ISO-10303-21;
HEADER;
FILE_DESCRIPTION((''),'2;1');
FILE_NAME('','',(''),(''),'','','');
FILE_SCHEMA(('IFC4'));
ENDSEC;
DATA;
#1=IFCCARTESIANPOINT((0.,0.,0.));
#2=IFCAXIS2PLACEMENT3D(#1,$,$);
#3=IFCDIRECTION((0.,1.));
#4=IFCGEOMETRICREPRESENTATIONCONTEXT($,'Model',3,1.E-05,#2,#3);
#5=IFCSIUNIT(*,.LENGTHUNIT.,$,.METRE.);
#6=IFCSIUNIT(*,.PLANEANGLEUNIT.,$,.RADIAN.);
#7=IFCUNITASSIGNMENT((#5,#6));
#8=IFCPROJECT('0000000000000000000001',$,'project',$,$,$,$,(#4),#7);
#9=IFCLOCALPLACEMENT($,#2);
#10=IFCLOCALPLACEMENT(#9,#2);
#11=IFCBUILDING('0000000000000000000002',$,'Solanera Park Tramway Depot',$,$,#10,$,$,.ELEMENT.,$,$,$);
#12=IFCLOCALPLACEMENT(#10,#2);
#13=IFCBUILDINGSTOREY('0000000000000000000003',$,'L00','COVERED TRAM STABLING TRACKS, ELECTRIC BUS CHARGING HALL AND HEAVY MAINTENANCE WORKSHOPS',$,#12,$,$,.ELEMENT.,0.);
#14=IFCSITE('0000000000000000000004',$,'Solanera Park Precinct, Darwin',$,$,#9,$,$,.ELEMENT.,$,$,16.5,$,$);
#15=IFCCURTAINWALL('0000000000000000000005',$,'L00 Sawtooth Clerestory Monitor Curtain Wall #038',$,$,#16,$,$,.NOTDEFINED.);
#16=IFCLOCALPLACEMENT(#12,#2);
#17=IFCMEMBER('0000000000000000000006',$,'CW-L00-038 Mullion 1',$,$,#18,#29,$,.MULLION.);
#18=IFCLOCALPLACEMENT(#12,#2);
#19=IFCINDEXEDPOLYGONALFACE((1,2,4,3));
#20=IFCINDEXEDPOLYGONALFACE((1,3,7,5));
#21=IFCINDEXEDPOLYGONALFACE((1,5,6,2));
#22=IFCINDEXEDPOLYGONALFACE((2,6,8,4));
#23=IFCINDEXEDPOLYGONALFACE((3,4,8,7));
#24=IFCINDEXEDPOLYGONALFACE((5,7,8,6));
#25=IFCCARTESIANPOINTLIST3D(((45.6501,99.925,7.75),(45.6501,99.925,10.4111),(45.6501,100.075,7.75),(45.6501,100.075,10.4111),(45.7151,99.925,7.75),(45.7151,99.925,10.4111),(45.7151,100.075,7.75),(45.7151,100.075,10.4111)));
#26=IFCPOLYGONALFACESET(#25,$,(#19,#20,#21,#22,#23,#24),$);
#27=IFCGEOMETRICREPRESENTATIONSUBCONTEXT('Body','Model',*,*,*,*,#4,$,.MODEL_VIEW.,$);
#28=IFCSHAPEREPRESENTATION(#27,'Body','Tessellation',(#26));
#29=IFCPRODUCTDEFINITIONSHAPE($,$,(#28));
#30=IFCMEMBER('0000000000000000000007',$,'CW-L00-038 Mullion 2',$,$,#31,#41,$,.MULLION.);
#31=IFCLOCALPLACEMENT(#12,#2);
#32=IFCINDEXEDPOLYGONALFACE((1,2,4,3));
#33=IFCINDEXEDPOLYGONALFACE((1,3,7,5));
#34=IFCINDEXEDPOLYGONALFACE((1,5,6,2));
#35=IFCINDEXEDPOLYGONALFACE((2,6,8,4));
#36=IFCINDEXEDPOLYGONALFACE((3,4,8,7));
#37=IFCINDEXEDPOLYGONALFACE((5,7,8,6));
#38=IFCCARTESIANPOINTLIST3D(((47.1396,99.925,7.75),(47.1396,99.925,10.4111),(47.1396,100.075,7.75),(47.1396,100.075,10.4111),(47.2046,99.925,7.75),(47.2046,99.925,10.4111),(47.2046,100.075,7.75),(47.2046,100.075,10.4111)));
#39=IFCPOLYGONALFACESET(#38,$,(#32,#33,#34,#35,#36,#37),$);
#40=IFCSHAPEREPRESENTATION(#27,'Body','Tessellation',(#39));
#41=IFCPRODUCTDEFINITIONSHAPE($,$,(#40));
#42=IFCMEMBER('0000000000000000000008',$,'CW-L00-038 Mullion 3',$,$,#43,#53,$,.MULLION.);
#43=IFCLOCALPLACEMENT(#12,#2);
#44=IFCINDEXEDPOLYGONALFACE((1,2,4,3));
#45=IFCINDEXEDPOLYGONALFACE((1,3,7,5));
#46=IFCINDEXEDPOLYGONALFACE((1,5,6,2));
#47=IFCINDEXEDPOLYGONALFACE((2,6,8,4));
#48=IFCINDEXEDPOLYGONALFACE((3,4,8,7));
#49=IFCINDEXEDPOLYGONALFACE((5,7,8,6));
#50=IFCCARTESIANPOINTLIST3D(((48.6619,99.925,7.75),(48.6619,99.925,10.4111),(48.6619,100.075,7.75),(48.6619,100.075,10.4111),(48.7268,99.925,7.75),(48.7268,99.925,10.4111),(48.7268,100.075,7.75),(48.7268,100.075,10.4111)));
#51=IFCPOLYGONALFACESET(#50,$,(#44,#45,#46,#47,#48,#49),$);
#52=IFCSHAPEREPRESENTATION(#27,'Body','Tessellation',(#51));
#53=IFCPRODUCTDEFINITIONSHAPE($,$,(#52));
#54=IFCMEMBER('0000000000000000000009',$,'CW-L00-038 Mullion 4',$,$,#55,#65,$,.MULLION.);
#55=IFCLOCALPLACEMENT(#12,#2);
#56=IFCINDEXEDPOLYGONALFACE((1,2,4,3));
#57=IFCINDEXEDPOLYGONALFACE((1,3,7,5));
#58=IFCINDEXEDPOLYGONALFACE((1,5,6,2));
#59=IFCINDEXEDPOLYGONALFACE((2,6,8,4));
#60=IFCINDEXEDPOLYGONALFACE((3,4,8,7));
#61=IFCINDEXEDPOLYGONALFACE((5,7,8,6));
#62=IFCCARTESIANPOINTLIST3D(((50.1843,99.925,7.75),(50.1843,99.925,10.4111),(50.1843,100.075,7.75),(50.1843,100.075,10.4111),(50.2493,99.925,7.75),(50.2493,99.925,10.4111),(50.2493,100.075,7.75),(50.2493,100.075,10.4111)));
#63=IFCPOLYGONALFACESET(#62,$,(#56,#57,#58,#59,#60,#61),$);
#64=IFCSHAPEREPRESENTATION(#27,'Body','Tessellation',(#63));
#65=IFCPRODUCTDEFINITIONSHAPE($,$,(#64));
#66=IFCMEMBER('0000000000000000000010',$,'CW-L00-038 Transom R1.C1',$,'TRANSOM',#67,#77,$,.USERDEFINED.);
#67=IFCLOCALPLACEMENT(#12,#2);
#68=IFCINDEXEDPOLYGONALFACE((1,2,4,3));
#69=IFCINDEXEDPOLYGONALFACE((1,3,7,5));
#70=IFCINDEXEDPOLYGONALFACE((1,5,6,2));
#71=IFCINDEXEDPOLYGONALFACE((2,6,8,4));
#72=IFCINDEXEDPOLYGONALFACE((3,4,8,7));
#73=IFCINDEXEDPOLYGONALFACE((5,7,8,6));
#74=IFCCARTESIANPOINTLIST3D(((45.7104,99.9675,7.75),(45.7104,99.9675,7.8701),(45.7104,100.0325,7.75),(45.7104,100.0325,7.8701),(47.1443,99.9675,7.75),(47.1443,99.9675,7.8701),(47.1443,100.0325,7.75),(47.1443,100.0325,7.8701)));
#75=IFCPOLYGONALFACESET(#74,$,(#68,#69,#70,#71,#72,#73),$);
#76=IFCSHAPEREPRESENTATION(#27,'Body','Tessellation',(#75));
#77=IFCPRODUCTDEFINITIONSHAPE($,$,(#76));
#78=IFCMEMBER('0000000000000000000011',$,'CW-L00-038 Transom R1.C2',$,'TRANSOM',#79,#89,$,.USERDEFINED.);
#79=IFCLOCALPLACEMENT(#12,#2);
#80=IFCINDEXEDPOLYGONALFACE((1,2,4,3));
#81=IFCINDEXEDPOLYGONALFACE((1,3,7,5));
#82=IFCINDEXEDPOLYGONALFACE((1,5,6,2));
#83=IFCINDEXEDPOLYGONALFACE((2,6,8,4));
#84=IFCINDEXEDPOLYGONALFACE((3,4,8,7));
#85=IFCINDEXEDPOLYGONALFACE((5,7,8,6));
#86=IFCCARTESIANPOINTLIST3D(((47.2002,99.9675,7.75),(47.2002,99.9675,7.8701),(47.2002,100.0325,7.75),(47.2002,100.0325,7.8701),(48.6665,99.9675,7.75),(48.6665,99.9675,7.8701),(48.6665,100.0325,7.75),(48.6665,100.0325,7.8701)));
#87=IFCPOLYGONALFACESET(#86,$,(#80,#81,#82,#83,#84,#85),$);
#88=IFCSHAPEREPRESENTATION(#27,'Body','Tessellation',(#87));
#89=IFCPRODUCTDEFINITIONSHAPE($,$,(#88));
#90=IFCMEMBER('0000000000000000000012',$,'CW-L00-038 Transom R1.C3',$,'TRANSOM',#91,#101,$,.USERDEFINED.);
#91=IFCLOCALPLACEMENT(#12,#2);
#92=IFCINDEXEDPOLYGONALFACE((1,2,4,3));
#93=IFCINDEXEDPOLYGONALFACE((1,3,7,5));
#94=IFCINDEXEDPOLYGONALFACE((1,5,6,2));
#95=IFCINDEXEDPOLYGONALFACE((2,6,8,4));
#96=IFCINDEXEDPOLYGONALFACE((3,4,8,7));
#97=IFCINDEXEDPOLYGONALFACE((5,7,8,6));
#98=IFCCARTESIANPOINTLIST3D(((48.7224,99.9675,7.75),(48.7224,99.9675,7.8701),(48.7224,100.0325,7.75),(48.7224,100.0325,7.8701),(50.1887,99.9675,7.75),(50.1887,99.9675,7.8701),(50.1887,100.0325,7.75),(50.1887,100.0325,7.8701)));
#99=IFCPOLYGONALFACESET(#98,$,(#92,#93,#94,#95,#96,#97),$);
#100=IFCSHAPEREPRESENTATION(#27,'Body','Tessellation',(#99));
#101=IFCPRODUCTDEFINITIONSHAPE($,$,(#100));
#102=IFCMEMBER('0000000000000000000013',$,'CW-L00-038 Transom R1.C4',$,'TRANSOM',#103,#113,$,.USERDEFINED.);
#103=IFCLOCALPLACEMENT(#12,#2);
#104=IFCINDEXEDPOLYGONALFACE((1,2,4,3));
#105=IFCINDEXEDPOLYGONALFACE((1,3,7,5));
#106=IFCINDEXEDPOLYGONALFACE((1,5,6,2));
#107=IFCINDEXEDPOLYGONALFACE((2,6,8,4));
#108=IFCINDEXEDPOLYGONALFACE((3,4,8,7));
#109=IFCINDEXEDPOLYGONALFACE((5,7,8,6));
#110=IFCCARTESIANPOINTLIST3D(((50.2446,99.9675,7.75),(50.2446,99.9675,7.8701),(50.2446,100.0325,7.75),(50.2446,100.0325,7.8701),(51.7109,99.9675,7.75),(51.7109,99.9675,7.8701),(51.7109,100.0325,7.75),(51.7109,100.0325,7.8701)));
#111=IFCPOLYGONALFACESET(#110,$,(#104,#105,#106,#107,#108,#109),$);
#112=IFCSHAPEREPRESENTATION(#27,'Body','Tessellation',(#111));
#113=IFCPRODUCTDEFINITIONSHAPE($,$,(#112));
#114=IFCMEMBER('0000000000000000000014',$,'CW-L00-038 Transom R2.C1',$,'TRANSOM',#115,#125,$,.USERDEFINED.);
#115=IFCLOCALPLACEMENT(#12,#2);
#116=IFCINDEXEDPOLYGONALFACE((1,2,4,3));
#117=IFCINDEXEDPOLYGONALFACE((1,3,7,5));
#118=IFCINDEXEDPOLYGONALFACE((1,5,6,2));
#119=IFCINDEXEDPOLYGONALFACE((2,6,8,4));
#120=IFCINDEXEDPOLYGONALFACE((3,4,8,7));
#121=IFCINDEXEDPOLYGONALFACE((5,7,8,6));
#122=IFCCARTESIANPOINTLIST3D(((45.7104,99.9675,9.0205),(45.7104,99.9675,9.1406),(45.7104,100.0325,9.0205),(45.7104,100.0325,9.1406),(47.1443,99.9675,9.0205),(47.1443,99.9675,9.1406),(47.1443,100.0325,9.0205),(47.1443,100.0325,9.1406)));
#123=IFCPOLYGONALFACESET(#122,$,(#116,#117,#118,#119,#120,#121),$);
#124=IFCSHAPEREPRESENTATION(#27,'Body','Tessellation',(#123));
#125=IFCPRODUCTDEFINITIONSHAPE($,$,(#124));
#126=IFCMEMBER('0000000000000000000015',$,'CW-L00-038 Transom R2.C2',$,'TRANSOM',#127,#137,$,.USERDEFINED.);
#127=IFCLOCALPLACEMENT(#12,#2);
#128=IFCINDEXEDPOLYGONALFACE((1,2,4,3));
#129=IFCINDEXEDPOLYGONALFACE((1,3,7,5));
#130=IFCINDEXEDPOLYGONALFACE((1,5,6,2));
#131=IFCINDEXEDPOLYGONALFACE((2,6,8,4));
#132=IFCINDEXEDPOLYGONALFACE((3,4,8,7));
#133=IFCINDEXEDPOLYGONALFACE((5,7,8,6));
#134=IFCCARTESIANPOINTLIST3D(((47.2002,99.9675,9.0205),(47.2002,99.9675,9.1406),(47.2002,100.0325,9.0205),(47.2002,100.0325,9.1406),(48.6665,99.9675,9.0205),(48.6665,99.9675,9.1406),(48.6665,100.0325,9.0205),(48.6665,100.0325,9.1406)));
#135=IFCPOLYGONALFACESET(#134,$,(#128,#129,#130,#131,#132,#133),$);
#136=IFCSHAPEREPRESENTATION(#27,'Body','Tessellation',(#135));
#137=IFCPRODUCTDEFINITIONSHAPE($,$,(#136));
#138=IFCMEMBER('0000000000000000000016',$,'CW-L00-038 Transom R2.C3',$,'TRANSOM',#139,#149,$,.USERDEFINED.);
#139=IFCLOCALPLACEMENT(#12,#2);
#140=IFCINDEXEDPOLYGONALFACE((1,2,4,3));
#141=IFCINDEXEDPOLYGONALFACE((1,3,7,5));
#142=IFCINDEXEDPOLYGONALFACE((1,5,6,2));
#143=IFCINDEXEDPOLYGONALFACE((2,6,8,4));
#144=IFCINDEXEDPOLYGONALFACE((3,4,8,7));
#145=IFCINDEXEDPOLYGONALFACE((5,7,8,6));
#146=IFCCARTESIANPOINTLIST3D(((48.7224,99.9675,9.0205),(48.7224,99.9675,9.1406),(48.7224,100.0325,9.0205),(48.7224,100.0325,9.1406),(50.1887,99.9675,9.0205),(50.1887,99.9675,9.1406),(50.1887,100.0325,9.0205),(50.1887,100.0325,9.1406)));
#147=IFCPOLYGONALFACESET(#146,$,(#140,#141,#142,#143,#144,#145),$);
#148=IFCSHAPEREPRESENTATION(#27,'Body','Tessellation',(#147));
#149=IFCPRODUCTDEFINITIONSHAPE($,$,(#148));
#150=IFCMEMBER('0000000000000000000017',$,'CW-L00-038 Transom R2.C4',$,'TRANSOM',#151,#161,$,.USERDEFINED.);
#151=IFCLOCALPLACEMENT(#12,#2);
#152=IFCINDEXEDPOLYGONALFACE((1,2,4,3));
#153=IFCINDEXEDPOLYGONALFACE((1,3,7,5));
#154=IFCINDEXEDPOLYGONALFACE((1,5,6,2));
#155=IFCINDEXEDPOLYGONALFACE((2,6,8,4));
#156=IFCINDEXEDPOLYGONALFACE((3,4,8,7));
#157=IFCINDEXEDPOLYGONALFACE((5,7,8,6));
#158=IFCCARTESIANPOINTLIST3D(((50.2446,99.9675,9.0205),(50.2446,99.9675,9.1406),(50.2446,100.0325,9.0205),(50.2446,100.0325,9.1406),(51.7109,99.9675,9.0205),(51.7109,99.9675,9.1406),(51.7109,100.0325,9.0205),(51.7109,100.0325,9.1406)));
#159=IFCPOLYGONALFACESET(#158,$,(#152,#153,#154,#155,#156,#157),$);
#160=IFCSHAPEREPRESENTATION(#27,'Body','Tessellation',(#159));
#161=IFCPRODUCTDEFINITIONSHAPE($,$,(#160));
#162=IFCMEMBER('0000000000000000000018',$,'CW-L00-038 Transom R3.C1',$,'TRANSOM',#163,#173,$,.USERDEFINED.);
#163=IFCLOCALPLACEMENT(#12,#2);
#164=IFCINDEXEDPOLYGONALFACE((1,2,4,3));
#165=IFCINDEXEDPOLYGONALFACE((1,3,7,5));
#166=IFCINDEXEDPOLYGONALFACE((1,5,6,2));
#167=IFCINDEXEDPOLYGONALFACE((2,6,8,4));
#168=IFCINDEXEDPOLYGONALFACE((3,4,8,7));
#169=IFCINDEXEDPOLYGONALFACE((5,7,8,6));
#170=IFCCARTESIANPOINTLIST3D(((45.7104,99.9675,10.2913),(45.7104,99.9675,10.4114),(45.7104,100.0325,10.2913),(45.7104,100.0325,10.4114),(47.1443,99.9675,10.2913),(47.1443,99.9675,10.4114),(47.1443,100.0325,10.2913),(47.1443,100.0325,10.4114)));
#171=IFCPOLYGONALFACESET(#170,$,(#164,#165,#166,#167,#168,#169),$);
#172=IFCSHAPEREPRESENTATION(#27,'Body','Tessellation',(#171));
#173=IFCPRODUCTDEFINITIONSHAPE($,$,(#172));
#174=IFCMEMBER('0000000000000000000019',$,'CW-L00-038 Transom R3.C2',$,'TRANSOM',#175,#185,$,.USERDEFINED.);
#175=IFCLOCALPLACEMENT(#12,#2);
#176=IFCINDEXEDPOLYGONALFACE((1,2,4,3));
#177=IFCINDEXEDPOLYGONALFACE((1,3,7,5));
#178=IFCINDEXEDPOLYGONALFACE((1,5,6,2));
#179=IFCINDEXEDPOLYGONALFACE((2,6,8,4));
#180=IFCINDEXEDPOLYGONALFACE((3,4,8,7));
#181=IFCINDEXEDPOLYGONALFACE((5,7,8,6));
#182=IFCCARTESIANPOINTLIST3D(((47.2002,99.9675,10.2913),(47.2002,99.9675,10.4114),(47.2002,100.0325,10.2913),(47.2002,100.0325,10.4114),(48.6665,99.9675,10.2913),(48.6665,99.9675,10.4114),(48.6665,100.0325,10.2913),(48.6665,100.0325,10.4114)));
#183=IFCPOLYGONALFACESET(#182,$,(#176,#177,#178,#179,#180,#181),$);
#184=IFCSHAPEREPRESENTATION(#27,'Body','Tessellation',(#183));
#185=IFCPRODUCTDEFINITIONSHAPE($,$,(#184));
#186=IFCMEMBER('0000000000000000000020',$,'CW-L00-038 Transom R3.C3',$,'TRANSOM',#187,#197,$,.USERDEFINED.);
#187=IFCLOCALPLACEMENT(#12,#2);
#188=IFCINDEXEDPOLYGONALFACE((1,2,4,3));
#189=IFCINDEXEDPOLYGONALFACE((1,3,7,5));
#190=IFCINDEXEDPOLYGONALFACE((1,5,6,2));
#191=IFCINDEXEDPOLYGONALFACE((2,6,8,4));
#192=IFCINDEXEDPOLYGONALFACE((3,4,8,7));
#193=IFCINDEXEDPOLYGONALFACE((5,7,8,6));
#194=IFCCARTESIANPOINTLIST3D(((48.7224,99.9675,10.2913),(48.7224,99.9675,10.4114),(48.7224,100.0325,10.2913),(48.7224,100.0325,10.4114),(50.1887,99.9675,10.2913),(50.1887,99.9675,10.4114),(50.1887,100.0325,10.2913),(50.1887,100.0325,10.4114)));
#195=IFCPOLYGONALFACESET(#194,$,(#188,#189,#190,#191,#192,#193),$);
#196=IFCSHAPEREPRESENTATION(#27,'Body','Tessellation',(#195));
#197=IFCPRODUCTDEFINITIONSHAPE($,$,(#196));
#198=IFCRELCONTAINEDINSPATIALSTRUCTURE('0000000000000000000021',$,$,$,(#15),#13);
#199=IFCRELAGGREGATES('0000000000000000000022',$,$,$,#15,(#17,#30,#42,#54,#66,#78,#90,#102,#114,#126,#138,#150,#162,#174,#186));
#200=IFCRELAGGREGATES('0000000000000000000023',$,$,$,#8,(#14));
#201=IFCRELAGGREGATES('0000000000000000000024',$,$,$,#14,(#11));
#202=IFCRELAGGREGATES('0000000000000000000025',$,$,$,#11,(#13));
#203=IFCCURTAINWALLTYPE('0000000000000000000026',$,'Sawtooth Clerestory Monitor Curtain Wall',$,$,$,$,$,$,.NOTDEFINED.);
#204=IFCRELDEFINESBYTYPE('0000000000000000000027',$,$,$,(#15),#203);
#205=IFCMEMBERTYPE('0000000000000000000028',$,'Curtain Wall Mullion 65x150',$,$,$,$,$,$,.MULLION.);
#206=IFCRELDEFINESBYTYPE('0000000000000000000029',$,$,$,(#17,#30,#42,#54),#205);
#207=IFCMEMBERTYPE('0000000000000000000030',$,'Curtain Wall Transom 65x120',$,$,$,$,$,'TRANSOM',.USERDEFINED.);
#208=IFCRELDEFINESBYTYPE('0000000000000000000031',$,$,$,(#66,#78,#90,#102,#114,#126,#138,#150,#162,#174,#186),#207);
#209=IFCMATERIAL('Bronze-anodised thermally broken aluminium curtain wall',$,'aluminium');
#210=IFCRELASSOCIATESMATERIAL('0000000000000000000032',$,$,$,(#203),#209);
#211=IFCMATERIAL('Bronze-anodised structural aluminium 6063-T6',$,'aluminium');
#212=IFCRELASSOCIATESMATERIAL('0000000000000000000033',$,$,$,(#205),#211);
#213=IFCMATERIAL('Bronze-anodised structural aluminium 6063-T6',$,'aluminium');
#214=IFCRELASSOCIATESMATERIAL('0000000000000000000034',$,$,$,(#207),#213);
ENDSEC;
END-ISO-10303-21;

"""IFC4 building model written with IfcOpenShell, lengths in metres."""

from ifc_helpers import new_model, si_unit, direction, frame, origin, origin_2d, place, context, subcontext, project, spatial, rectangle, extrude, material, material_profile, profile_set, type_object, element, aggregate, save


model = new_model("IFC4")

# Units and contexts
model_context = context("Model", 3, precision=1e-05, world=origin(), true_north=direction((0.0, 1.0)))
body_context = subcontext(model_context, "Body", "Model", "MODEL_VIEW")
ifc_project = project(units=[si_unit("LENGTHUNIT", "METRE"), si_unit("PLANEANGLEUNIT", "RADIAN")], contexts=[model_context])

# Site, building, storey
site_placement = place(None, origin())
site = spatial("IfcSite", under=ifc_project, at=site_placement, Name="Solanera Park Precinct, Darwin", CompositionType="ELEMENT", RefElevation=16.5)
building_placement = place(site_placement, origin())
building = spatial("IfcBuilding", under=site, at=building_placement, Name="Solanera Park Tramway Depot", CompositionType="ELEMENT")
storey_placement = place(building_placement, origin())
storey = spatial("IfcBuildingStorey", under=building, at=storey_placement, Name="L00", Description="COVERED TRAM STABLING TRACKS, ELECTRIC BUS CHARGING HALL AND HEAVY MAINTENANCE WORKSHOPS", CompositionType="ELEMENT", Elevation=0.0)

# Curtain wall, members
ifc_material_1 = material(Name="Bronze-anodised thermally broken aluminium curtain wall", Category="aluminium")
curtain_wall_type = type_object("IfcCurtainWallType", Name="Sawtooth Clerestory Monitor Curtain Wall", PredefinedType="NOTDEFINED", material=ifc_material_1)
curtain_wall_placement = place(storey_placement, origin())
curtain_wall = element("IfcCurtainWall", 1, at=curtain_wall_placement, inside=storey, type_object=curtain_wall_type, Name="L00 Sawtooth Clerestory Monitor Curtain Wall #038", PredefinedType="NOTDEFINED")
ifc_material_2 = material(Name="Bronze-anodised structural aluminium 6063-T6", Category="aluminium")
ifc_material_profile_1 = material_profile(ifc_material_2, rectangle(XDim=0.0649, YDim=0.1499, at=origin_2d()), Name="Curtain Wall Mullion 65x150")
ifc_profile_set_1 = profile_set([ifc_material_profile_1], Name="Bronze-anodised structural aluminium 6063-T6")
member_type_1 = type_object("IfcMemberType", Name="Curtain Wall Mullion 65x150", PredefinedType="MULLION", material=ifc_profile_set_1)
member_1_placement = place(storey_placement, frame((45.6826, 100.0, 7.75), z_axis=(0.0, 0.0, 1.0), x_axis=(1.0, 0.0, 0.0)))
member_1 = element("IfcMember", 2, at=member_1_placement, type_object=member_type_1, Name="CW-L00-038 Mullion 1", PredefinedType="MULLION", context=body_context, shape_type="SweptSolid", body=[
    extrude(rectangle(XDim=0.0649, YDim=0.1499, at=origin_2d()), origin(), (0.0, 0.0, 1.0), 2.6611),
])
member_2_placement = place(storey_placement, frame((47.1721, 100.0, 7.75), z_axis=(0.0, 0.0, 1.0), x_axis=(1.0, 0.0, 0.0)))
member_2 = element("IfcMember", 3, at=member_2_placement, type_object=member_type_1, Name="CW-L00-038 Mullion 2", PredefinedType="MULLION", context=body_context, shape_type="SweptSolid", body=[
    extrude(rectangle(XDim=0.0649, YDim=0.1499, at=origin_2d()), origin(), (0.0, 0.0, 1.0), 2.6611),
])
member_3_placement = place(storey_placement, frame((48.6943, 100.0, 7.75), z_axis=(0.0, 0.0, 1.0), x_axis=(1.0, 0.0, 0.0)))
member_3 = element("IfcMember", 4, at=member_3_placement, type_object=member_type_1, Name="CW-L00-038 Mullion 3", PredefinedType="MULLION", context=body_context, shape_type="SweptSolid", body=[
    extrude(rectangle(XDim=0.0649, YDim=0.1499, at=origin_2d()), origin(), (0.0, 0.0, 1.0), 2.6611),
])
member_4_placement = place(storey_placement, frame((50.2168, 100.0, 7.75), z_axis=(0.0, 0.0, 1.0), x_axis=(1.0, 0.0, 0.0)))
member_4 = element("IfcMember", 5, at=member_4_placement, type_object=member_type_1, Name="CW-L00-038 Mullion 4", PredefinedType="MULLION", context=body_context, shape_type="SweptSolid", body=[
    extrude(rectangle(XDim=0.0649, YDim=0.1499, at=origin_2d()), origin(), (0.0, 0.0, 1.0), 2.6611),
])
ifc_material_3 = material(Name="Bronze-anodised structural aluminium 6063-T6", Category="aluminium")
ifc_material_profile_2 = material_profile(ifc_material_3, rectangle(XDim=0.0649, YDim=0.1201, at=origin_2d()), Name="Curtain Wall Transom 65x120")
ifc_profile_set_2 = profile_set([ifc_material_profile_2], Name="Bronze-anodised structural aluminium 6063-T6")
member_type_2 = type_object("IfcMemberType", Name="Curtain Wall Transom 65x120", ElementType="TRANSOM", PredefinedType="USERDEFINED", material=ifc_profile_set_2)
member_5_placement = place(storey_placement, frame((45.7104, 100.0, 7.8101), z_axis=(1.0, 0.0, 0.0), x_axis=(0.0, 1.0, 0.0)))
member_5 = element("IfcMember", 6, at=member_5_placement, type_object=member_type_2, Name="CW-L00-038 Transom R1.C1", ObjectType="TRANSOM", PredefinedType="USERDEFINED", context=body_context, shape_type="SweptSolid", body=[
    extrude(rectangle(XDim=0.0649, YDim=0.1201, at=origin_2d()), origin(), (0.0, 0.0, 1.0), 1.4338),
])
member_6_placement = place(storey_placement, frame((47.2002, 100.0, 7.8101), z_axis=(1.0, 0.0, 0.0), x_axis=(0.0, 1.0, 0.0)))
member_6 = element("IfcMember", 7, at=member_6_placement, type_object=member_type_2, Name="CW-L00-038 Transom R1.C2", ObjectType="TRANSOM", PredefinedType="USERDEFINED", context=body_context, shape_type="SweptSolid", body=[
    extrude(rectangle(XDim=0.0649, YDim=0.1201, at=origin_2d()), origin(), (0.0, 0.0, 1.0), 1.4663),
])
member_7_placement = place(storey_placement, frame((48.7224, 100.0, 7.8101), z_axis=(1.0, 0.0, 0.0), x_axis=(0.0, 1.0, 0.0)))
member_7 = element("IfcMember", 8, at=member_7_placement, type_object=member_type_2, Name="CW-L00-038 Transom R1.C3", ObjectType="TRANSOM", PredefinedType="USERDEFINED", context=body_context, shape_type="SweptSolid", body=[
    extrude(rectangle(XDim=0.0649, YDim=0.1201, at=origin_2d()), origin(), (0.0, 0.0, 1.0), 1.4663),
])
member_8_placement = place(storey_placement, frame((50.2446, 100.0, 7.8101), z_axis=(1.0, 0.0, 0.0), x_axis=(0.0, 1.0, 0.0)))
member_8 = element("IfcMember", 9, at=member_8_placement, type_object=member_type_2, Name="CW-L00-038 Transom R1.C4", ObjectType="TRANSOM", PredefinedType="USERDEFINED", context=body_context, shape_type="SweptSolid", body=[
    extrude(rectangle(XDim=0.0649, YDim=0.1201, at=origin_2d()), origin(), (0.0, 0.0, 1.0), 1.4663),
])
member_9_placement = place(storey_placement, frame((45.7104, 100.0, 9.0806), z_axis=(1.0, 0.0, 0.0), x_axis=(0.0, 1.0, 0.0)))
member_9 = element("IfcMember", 10, at=member_9_placement, type_object=member_type_2, Name="CW-L00-038 Transom R2.C1", ObjectType="TRANSOM", PredefinedType="USERDEFINED", context=body_context, shape_type="SweptSolid", body=[
    extrude(rectangle(XDim=0.0649, YDim=0.1201, at=origin_2d()), origin(), (0.0, 0.0, 1.0), 1.4338),
])
member_10_placement = place(storey_placement, frame((47.2002, 100.0, 9.0806), z_axis=(1.0, 0.0, 0.0), x_axis=(0.0, 1.0, 0.0)))
member_10 = element("IfcMember", 11, at=member_10_placement, type_object=member_type_2, Name="CW-L00-038 Transom R2.C2", ObjectType="TRANSOM", PredefinedType="USERDEFINED", context=body_context, shape_type="SweptSolid", body=[
    extrude(rectangle(XDim=0.0649, YDim=0.1201, at=origin_2d()), origin(), (0.0, 0.0, 1.0), 1.4663),
])
member_11_placement = place(storey_placement, frame((48.7224, 100.0, 9.0806), z_axis=(1.0, 0.0, 0.0), x_axis=(0.0, 1.0, 0.0)))
member_11 = element("IfcMember", 12, at=member_11_placement, type_object=member_type_2, Name="CW-L00-038 Transom R2.C3", ObjectType="TRANSOM", PredefinedType="USERDEFINED", context=body_context, shape_type="SweptSolid", body=[
    extrude(rectangle(XDim=0.0649, YDim=0.1201, at=origin_2d()), origin(), (0.0, 0.0, 1.0), 1.4663),
])
member_12_placement = place(storey_placement, frame((50.2446, 100.0, 9.0806), z_axis=(1.0, 0.0, 0.0), x_axis=(0.0, 1.0, 0.0)))
member_12 = element("IfcMember", 13, at=member_12_placement, type_object=member_type_2, Name="CW-L00-038 Transom R2.C4", ObjectType="TRANSOM", PredefinedType="USERDEFINED", context=body_context, shape_type="SweptSolid", body=[
    extrude(rectangle(XDim=0.0649, YDim=0.1201, at=origin_2d()), origin(), (0.0, 0.0, 1.0), 1.4663),
])
member_13_placement = place(storey_placement, frame((45.7104, 100.0, 10.3513), z_axis=(1.0, 0.0, 0.0), x_axis=(0.0, 1.0, 0.0)))
member_13 = element("IfcMember", 14, at=member_13_placement, type_object=member_type_2, Name="CW-L00-038 Transom R3.C1", ObjectType="TRANSOM", PredefinedType="USERDEFINED", context=body_context, shape_type="SweptSolid", body=[
    extrude(rectangle(XDim=0.0649, YDim=0.1201, at=origin_2d()), origin(), (0.0, 0.0, 1.0), 1.4338),
])
member_14_placement = place(storey_placement, frame((47.2002, 100.0, 10.3513), z_axis=(1.0, 0.0, 0.0), x_axis=(0.0, 1.0, 0.0)))
member_14 = element("IfcMember", 15, at=member_14_placement, type_object=member_type_2, Name="CW-L00-038 Transom R3.C2", ObjectType="TRANSOM", PredefinedType="USERDEFINED", context=body_context, shape_type="SweptSolid", body=[
    extrude(rectangle(XDim=0.0649, YDim=0.1201, at=origin_2d()), origin(), (0.0, 0.0, 1.0), 1.4663),
])
member_15_placement = place(storey_placement, frame((48.7224, 100.0, 10.3513), z_axis=(1.0, 0.0, 0.0), x_axis=(0.0, 1.0, 0.0)))
member_15 = element("IfcMember", 16, at=member_15_placement, type_object=member_type_2, Name="CW-L00-038 Transom R3.C3", ObjectType="TRANSOM", PredefinedType="USERDEFINED", context=body_context, shape_type="SweptSolid", body=[
    extrude(rectangle(XDim=0.0649, YDim=0.1201, at=origin_2d()), origin(), (0.0, 0.0, 1.0), 1.4663),
])

aggregate(curtain_wall, [member_1, member_2, member_3, member_4, member_5, member_6, member_7, member_8, member_9, member_10, member_11, member_12, member_13, member_14, member_15])

save(model, "model.ifc")
